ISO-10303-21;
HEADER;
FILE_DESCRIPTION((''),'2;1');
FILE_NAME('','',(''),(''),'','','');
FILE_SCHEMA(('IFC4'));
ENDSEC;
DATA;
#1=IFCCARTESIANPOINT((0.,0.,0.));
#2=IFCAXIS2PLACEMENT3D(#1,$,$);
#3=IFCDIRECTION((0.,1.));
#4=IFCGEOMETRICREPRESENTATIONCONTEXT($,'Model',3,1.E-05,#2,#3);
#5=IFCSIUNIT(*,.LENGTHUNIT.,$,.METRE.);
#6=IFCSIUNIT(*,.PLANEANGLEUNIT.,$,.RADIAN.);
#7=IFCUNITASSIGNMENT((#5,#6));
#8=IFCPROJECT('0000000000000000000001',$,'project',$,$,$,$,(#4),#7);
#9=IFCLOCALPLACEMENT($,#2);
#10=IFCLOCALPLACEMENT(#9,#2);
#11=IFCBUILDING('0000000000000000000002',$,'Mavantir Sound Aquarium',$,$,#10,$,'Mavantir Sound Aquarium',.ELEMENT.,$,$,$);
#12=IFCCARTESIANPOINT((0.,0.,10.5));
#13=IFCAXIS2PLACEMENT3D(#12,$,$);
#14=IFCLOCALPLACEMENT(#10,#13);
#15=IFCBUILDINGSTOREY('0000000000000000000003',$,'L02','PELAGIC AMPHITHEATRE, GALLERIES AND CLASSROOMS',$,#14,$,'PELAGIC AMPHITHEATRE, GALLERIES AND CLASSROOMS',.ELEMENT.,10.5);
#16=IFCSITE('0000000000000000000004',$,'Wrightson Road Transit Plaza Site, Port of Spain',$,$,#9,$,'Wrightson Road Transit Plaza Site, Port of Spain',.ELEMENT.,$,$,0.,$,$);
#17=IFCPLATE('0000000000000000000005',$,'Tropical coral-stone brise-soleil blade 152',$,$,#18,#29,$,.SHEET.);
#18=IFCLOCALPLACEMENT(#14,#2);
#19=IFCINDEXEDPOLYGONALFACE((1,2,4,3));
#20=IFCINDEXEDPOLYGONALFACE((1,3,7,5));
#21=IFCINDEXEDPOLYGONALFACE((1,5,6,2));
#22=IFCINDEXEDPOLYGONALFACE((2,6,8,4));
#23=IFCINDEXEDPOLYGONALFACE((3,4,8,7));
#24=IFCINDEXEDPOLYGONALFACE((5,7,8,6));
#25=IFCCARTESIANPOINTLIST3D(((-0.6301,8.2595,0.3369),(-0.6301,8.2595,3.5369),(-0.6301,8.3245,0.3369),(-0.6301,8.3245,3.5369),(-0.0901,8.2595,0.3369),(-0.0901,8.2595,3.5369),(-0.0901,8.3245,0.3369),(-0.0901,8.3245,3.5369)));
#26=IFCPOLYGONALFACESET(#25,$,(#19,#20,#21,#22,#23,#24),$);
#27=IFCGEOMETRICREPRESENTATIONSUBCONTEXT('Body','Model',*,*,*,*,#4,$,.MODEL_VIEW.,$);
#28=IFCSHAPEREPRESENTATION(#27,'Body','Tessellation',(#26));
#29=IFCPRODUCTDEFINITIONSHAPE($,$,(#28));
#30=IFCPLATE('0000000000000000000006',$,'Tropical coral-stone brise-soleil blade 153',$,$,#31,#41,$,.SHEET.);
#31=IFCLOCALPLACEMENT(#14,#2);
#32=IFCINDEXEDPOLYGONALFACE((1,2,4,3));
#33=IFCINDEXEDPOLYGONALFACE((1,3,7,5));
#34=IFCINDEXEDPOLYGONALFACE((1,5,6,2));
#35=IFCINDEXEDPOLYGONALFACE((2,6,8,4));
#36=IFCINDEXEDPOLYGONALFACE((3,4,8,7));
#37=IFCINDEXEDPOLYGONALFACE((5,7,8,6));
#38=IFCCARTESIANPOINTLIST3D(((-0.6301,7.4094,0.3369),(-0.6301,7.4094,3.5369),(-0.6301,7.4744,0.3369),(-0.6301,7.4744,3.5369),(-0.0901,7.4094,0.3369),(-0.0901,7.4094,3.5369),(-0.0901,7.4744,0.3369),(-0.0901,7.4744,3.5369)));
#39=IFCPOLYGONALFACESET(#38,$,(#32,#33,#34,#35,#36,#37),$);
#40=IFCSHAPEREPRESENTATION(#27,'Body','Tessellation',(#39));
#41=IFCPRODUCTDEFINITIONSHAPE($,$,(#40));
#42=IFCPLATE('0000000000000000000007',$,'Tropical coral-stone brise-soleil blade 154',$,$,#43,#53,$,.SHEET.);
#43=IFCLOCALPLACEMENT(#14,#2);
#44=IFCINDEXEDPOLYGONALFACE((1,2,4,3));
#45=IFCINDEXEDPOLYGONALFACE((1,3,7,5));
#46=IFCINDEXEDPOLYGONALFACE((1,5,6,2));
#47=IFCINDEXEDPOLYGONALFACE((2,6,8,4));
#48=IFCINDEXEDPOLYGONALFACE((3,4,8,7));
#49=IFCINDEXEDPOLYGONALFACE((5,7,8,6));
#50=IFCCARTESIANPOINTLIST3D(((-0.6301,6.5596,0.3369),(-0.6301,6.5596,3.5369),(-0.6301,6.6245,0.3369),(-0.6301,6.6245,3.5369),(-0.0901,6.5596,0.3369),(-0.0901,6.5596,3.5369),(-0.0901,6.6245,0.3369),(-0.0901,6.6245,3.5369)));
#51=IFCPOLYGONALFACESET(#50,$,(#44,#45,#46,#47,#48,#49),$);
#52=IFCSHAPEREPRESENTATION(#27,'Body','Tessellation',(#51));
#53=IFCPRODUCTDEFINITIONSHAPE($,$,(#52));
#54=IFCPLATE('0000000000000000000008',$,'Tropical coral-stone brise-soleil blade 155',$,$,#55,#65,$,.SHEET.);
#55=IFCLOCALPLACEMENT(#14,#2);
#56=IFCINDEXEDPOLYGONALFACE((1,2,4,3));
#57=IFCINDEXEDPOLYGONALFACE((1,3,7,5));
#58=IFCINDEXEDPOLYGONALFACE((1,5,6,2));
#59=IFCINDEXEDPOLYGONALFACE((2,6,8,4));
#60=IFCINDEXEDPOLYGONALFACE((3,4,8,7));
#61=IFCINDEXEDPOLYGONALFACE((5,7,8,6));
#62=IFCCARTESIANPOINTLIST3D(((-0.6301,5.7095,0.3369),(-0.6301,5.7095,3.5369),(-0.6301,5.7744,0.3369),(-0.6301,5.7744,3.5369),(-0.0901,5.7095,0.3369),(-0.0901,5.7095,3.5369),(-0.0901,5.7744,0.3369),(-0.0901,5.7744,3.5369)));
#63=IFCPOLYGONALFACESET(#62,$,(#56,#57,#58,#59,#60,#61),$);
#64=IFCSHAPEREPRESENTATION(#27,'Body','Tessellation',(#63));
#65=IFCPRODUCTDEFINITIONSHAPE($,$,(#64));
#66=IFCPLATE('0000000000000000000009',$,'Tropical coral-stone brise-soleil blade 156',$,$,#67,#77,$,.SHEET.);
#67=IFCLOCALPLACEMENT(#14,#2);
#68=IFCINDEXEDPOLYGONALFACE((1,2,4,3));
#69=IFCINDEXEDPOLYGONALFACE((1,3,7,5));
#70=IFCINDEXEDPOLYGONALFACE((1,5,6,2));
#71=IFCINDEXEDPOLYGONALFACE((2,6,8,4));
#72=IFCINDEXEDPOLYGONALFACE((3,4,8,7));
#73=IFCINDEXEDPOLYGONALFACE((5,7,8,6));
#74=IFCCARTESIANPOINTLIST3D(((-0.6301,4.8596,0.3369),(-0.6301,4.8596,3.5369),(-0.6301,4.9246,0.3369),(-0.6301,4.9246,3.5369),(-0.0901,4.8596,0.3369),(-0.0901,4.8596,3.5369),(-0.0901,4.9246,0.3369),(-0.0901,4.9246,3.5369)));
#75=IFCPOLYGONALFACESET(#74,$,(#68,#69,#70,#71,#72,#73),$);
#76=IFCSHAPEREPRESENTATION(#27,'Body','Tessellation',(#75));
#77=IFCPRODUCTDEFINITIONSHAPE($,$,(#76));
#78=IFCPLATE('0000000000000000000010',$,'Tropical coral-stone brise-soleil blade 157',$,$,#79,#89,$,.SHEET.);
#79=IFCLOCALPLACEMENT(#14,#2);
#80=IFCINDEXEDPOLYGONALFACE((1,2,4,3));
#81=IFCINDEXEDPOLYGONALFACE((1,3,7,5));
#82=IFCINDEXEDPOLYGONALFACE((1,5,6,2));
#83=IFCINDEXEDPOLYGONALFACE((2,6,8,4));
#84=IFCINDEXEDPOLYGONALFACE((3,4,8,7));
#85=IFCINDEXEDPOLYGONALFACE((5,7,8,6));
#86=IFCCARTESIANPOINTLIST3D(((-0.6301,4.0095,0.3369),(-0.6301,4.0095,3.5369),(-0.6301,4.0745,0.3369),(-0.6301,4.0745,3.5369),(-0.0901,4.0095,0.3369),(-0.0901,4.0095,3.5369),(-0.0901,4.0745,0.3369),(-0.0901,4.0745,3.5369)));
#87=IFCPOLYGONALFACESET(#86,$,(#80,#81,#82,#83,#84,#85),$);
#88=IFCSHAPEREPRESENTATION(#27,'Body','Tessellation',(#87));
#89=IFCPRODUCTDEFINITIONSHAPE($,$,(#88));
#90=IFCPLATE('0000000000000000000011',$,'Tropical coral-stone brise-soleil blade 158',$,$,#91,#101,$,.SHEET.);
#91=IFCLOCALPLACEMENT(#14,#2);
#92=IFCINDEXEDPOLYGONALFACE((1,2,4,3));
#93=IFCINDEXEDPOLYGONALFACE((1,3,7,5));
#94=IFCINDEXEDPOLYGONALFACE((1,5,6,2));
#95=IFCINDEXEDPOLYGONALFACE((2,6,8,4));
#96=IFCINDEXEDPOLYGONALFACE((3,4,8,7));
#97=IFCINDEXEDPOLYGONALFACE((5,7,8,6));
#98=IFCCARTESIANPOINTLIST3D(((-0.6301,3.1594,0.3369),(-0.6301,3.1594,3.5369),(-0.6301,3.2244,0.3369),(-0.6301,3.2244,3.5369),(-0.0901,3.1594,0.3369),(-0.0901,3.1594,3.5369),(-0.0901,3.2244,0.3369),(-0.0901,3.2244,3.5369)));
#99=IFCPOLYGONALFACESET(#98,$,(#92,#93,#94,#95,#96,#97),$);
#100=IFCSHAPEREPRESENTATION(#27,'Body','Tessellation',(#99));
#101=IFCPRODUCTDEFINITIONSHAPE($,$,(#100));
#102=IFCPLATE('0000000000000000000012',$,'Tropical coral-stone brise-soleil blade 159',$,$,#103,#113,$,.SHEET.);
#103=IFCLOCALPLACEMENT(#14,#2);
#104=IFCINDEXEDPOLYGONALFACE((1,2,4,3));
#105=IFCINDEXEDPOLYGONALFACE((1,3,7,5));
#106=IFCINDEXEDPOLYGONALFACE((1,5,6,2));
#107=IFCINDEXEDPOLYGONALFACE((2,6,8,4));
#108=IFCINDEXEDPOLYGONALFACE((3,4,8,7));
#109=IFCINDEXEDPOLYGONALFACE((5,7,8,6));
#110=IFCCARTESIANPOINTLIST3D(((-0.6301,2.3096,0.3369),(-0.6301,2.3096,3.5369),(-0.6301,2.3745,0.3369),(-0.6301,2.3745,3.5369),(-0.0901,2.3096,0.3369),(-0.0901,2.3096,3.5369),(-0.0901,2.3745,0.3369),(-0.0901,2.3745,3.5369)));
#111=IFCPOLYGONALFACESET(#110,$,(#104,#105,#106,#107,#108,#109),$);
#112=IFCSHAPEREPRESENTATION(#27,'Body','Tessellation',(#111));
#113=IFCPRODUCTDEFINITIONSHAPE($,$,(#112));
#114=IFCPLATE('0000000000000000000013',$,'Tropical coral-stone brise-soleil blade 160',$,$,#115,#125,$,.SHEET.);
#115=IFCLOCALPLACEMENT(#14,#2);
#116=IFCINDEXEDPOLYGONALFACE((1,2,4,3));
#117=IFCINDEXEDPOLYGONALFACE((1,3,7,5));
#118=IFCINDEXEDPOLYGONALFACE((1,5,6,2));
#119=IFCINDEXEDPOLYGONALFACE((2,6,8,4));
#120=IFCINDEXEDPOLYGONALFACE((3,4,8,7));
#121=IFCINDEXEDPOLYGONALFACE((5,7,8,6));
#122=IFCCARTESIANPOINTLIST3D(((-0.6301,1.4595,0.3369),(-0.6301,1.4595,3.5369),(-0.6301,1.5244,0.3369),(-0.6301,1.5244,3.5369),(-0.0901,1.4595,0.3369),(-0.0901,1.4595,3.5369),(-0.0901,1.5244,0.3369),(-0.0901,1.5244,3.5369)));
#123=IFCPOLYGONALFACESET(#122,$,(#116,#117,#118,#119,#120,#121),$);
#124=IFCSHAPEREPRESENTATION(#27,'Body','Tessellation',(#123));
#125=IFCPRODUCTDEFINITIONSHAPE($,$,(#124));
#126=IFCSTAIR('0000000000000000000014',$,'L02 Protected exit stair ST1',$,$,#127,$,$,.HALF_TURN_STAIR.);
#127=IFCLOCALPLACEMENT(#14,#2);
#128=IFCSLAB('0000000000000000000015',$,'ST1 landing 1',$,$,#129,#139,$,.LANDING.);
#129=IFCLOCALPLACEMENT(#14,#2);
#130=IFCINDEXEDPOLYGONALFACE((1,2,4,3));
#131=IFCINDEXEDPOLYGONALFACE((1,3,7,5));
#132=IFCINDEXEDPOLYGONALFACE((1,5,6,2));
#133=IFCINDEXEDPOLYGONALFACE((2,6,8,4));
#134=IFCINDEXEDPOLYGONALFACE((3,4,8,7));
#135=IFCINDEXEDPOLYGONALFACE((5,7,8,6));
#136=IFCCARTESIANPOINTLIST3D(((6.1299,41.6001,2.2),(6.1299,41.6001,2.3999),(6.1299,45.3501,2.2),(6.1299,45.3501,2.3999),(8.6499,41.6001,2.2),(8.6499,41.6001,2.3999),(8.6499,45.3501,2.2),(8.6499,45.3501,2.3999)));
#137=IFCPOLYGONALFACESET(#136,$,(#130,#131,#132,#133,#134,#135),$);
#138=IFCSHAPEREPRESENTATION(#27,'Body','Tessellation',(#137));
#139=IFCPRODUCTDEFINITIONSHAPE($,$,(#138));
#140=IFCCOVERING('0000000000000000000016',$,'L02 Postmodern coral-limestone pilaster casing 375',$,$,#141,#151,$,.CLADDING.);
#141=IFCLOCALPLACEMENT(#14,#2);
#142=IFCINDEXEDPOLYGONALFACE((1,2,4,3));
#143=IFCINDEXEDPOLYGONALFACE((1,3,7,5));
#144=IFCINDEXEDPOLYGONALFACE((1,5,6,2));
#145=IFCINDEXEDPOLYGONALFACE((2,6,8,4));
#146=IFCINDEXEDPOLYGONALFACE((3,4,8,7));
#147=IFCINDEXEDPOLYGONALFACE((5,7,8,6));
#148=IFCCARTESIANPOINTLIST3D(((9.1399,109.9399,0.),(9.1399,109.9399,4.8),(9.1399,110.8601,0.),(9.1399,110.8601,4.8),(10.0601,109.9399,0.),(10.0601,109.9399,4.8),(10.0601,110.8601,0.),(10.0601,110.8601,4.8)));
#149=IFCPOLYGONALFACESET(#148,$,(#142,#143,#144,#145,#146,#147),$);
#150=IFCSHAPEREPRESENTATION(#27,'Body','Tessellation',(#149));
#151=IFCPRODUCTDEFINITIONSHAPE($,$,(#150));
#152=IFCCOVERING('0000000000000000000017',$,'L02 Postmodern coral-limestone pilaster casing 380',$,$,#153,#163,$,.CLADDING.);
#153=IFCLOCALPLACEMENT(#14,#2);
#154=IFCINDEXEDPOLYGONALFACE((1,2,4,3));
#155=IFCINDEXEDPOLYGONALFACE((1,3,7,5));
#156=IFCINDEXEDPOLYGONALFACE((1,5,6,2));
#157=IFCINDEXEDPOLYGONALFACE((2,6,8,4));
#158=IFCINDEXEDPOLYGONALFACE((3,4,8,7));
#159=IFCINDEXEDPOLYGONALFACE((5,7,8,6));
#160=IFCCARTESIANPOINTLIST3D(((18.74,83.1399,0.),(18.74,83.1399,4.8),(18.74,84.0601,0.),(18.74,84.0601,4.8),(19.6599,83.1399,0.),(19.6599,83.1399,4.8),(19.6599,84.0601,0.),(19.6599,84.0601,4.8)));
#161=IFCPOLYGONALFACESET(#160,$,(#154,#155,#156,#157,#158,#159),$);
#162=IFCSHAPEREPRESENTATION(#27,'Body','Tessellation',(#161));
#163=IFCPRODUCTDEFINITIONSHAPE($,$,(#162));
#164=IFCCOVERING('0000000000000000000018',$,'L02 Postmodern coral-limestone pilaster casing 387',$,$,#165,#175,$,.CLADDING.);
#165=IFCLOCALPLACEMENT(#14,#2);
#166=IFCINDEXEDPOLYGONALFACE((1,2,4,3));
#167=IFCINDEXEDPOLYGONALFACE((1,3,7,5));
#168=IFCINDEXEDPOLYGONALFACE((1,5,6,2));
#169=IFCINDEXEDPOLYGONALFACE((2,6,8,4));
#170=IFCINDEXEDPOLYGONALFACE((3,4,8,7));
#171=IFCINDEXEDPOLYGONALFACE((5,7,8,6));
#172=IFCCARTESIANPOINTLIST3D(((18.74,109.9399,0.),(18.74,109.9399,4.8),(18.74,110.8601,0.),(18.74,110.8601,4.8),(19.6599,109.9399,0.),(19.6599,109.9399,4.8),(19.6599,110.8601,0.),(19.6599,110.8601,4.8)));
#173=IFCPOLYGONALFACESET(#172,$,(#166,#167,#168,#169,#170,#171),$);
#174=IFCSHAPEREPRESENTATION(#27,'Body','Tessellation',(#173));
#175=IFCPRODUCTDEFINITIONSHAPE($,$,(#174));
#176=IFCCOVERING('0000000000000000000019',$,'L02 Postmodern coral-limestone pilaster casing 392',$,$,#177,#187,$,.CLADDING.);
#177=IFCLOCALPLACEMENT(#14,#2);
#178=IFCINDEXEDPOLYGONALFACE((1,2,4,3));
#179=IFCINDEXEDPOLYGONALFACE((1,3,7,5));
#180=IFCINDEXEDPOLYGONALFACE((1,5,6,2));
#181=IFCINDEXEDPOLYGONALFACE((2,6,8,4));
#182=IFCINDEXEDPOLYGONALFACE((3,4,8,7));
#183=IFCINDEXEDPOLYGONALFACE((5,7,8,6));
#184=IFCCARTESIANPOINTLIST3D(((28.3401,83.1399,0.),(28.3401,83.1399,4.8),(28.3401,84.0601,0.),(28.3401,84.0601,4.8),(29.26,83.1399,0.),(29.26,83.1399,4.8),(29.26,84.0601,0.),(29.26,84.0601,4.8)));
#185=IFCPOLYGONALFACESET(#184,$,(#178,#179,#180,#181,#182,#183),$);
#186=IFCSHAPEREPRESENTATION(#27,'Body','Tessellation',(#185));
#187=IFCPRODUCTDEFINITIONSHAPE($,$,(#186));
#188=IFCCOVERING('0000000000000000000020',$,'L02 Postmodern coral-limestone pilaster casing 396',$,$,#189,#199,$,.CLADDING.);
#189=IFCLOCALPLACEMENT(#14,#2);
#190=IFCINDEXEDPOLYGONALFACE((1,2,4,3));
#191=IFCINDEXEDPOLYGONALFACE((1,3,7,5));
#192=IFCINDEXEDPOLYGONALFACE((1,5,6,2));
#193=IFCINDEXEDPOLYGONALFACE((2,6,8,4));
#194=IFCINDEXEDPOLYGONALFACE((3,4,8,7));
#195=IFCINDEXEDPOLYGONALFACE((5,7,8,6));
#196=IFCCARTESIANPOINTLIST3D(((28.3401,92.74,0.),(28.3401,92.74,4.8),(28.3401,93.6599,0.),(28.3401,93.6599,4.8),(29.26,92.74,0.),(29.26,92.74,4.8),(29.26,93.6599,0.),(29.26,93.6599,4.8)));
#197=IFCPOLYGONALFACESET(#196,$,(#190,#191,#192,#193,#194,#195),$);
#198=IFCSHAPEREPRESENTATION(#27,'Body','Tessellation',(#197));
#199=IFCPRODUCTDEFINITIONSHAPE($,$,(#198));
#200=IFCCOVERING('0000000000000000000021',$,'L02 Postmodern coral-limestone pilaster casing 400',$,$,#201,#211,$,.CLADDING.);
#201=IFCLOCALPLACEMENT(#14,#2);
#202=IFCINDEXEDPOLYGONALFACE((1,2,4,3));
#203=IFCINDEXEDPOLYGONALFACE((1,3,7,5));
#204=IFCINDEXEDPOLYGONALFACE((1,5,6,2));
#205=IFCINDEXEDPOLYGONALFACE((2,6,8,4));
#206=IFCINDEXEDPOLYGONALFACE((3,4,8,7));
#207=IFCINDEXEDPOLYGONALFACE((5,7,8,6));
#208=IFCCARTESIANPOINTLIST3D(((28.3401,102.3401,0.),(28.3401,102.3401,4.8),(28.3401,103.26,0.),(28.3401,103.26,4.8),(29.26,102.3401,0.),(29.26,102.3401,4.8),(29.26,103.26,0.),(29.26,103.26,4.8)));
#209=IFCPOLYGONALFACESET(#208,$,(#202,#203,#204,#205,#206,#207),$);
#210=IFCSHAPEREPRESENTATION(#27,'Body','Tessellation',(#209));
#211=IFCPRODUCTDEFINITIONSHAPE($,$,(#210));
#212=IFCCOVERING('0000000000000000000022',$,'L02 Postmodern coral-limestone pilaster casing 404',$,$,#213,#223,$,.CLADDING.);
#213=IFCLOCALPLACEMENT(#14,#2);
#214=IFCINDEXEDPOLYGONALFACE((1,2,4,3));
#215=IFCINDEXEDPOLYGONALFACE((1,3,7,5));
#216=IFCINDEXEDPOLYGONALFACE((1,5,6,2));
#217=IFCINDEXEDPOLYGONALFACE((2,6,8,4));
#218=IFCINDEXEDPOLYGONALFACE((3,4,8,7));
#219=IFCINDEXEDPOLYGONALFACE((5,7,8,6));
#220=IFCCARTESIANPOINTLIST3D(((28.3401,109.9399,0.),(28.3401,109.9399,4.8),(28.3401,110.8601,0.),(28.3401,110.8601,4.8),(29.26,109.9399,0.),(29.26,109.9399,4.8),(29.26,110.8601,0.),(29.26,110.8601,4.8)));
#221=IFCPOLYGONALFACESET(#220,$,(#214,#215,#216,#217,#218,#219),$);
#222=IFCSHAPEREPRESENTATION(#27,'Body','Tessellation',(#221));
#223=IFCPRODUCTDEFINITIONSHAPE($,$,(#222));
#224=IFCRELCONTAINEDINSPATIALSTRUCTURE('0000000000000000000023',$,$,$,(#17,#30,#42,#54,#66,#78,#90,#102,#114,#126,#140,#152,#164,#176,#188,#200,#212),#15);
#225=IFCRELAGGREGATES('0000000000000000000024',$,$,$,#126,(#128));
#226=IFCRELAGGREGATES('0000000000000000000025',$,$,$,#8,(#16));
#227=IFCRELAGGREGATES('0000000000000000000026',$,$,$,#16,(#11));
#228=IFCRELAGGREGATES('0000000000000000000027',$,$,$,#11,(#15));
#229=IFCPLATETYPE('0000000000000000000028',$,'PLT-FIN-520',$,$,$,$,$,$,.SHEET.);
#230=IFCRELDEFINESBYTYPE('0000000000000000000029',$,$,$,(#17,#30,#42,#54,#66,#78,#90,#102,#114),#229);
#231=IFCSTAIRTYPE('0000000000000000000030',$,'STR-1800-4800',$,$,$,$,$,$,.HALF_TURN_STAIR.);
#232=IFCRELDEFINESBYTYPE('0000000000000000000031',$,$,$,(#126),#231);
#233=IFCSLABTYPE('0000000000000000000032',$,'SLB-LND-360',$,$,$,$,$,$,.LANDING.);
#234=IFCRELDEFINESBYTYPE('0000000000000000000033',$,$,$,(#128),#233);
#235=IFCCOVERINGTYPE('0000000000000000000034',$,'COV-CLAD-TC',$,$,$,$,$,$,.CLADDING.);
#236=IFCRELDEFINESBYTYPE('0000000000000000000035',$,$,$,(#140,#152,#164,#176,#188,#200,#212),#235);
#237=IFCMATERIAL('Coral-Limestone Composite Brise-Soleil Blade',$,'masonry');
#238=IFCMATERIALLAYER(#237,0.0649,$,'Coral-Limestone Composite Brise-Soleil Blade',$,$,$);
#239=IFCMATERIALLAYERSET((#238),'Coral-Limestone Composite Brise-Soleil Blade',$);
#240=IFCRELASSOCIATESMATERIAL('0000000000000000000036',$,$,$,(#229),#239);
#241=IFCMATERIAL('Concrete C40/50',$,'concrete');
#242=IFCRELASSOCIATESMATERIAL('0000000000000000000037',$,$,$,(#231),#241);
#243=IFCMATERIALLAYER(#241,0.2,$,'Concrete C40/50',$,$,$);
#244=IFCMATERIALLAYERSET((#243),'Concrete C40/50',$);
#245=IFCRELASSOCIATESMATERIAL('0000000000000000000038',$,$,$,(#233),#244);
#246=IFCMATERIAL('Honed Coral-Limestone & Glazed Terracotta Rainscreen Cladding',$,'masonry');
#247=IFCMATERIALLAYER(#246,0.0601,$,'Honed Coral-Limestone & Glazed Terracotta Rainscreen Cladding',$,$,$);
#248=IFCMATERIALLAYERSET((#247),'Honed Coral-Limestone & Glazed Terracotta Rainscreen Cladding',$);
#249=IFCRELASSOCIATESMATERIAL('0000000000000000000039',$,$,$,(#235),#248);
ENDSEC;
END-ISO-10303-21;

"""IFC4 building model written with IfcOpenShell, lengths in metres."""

from ifc_helpers import new_model, si_unit, direction, frame, origin, origin_2d, place, context, subcontext, project, spatial, polyline, rectangle, outline, extrude, material, layer, layer_set, type_object, element, aggregate, save


model = new_model("IFC4")

# Units and contexts
model_context = context("Model", 3, precision=1e-05, world=origin(), true_north=direction((0.0, 1.0)))
body_context = subcontext(model_context, "Body", "Model", "MODEL_VIEW")
ifc_project = project(units=[si_unit("LENGTHUNIT", "METRE"), si_unit("PLANEANGLEUNIT", "RADIAN")], contexts=[model_context])

# Site, building, storey
site_placement = place(None, origin())
site = spatial("IfcSite", under=ifc_project, at=site_placement, Name="Wrightson Road Transit Plaza Site, Port of Spain", LongName="Wrightson Road Transit Plaza Site, Port of Spain", CompositionType="ELEMENT", RefElevation=0.0)
building_placement = place(site_placement, origin())
building = spatial("IfcBuilding", under=site, at=building_placement, Name="Mavantir Sound Aquarium", LongName="Mavantir Sound Aquarium", CompositionType="ELEMENT")
storey_placement = place(building_placement, frame((0.0, 0.0, 10.5)))
storey = spatial("IfcBuildingStorey", under=building, at=storey_placement, Name="L02", Description="PELAGIC AMPHITHEATRE, GALLERIES AND CLASSROOMS", LongName="PELAGIC AMPHITHEATRE, GALLERIES AND CLASSROOMS", CompositionType="ELEMENT", Elevation=10.5)

# Plates
ifc_material_1 = material(Name="Coral-Limestone Composite Brise-Soleil Blade", Category="masonry")
ifc_layer_1 = layer(ifc_material_1, 0.0649, Name="Coral-Limestone Composite Brise-Soleil Blade")
ifc_layer_set_1 = layer_set([ifc_layer_1], Name="Coral-Limestone Composite Brise-Soleil Blade")
plate_type = type_object("IfcPlateType", Name="PLT-FIN-520", PredefinedType="SHEET", material=ifc_layer_set_1)
for number, where, z_axis, x_axis, name in (
    (1, (-0.3601, 8.292, 0.3369), (0.0, 0.0, 1.0), (0.0, 1.0, 0.0), "Tropical coral-stone brise-soleil blade 152"),
    (2, (-0.3601, 7.4419, 0.3369), (0.0, 0.0, 1.0), (0.0, 1.0, 0.0), "Tropical coral-stone brise-soleil blade 153"),
    (3, (-0.3601, 6.592, 0.3369), (0.0, 0.0, 1.0), (0.0, 1.0, 0.0), "Tropical coral-stone brise-soleil blade 154"),
    (4, (-0.3601, 5.7419, 0.3369), (0.0, 0.0, 1.0), (0.0, 1.0, 0.0), "Tropical coral-stone brise-soleil blade 155"),
    (5, (-0.3601, 4.8921, 0.3369), (0.0, 0.0, 1.0), (0.0, 1.0, 0.0), "Tropical coral-stone brise-soleil blade 156"),
    (6, (-0.3601, 4.042, 0.3369), (0.0, 0.0, 1.0), (0.0, 1.0, 0.0), "Tropical coral-stone brise-soleil blade 157"),
    (7, (-0.3601, 3.1919, 0.3369), (0.0, 0.0, 1.0), (0.0, 1.0, 0.0), "Tropical coral-stone brise-soleil blade 158"),
    (8, (-0.3601, 2.342, 0.3369), (0.0, 0.0, 1.0), (0.0, 1.0, 0.0), "Tropical coral-stone brise-soleil blade 159"),
    (9, (-0.3601, 1.4919, 0.3369), (0.0, 0.0, 1.0), (0.0, 1.0, 0.0), "Tropical coral-stone brise-soleil blade 160"),
):
    element("IfcPlate", number, at=place(storey_placement, frame(where, z_axis=z_axis, x_axis=x_axis)), inside=storey, type_object=plate_type, Name=name, PredefinedType="SHEET", context=body_context, shape_type="SweptSolid", body=[
        extrude(rectangle(XDim=0.0649, YDim=0.54, at=origin_2d()), origin(), (0.0, 0.0, 1.0), 3.2),
    ])

# Stair, slab
ifc_material_2 = material(Name="Concrete C40/50", Category="concrete")
stair_type = type_object("IfcStairType", Name="STR-1800-4800", PredefinedType="HALF_TURN_STAIR", material=ifc_material_2)
stair_placement = place(storey_placement, origin())
stair = element("IfcStair", 10, at=stair_placement, inside=storey, type_object=stair_type, Name="L02 Protected exit stair ST1", PredefinedType="HALF_TURN_STAIR")
ifc_layer_2 = layer(ifc_material_2, 0.2, Name="Concrete C40/50")
ifc_layer_set_2 = layer_set([ifc_layer_2], Name="Concrete C40/50")
slab_type = type_object("IfcSlabType", Name="SLB-LND-360", PredefinedType="LANDING", material=ifc_layer_set_2)
slab_placement = place(storey_placement, frame((0.0, 0.0, 2.2)))
slab = element("IfcSlab", 11, at=slab_placement, type_object=slab_type, Name="ST1 landing 1", PredefinedType="LANDING", context=body_context, shape_type="SweptSolid", body=[
    extrude(outline(polyline([(6.1299, 41.6001), (8.6499, 41.6001), (8.6499, 45.3501), (6.1299, 45.3501), (6.1299, 41.6001)])), origin(), (0.0, 0.0, 1.0), 0.2),
])
aggregate(stair, [slab])

# Coverings
ifc_material_3 = material(Name="Honed Coral-Limestone & Glazed Terracotta Rainscreen Cladding", Category="masonry")
ifc_layer_3 = layer(ifc_material_3, 0.0601, Name="Honed Coral-Limestone & Glazed Terracotta Rainscreen Cladding")
ifc_layer_set_3 = layer_set([ifc_layer_3], Name="Honed Coral-Limestone & Glazed Terracotta Rainscreen Cladding")
covering_type = type_object("IfcCoveringType", Name="COV-CLAD-TC", PredefinedType="CLADDING", material=ifc_layer_set_3)
covering_1_placement = place(storey_placement, origin())
element("IfcCovering", 12, at=covering_1_placement, inside=storey, type_object=covering_type, Name="L02 Postmodern coral-limestone pilaster casing 375", PredefinedType="CLADDING", context=body_context, shape_type="SweptSolid", body=[
    extrude(outline(polyline([(9.1399, 109.9399), (10.0601, 109.9399), (10.0601, 110.8601), (9.1399, 110.8601), (9.1399, 109.9399)])), origin(), (0.0, 0.0, 1.0), 4.8),
])
covering_2_placement = place(storey_placement, origin())
element("IfcCovering", 13, at=covering_2_placement, inside=storey, type_object=covering_type, Name="L02 Postmodern coral-limestone pilaster casing 380", PredefinedType="CLADDING", context=body_context, shape_type="SweptSolid", body=[
    extrude(outline(polyline([(18.74, 83.1399), (19.6599, 83.1399), (19.6599, 84.0601), (18.74, 84.0601), (18.74, 83.1399)])), origin(), (0.0, 0.0, 1.0), 4.8),
])
covering_3_placement = place(storey_placement, origin())
element("IfcCovering", 14, at=covering_3_placement, inside=storey, type_object=covering_type, Name="L02 Postmodern coral-limestone pilaster casing 387", PredefinedType="CLADDING", context=body_context, shape_type="SweptSolid", body=[
    extrude(outline(polyline([(18.74, 109.9399), (19.6599, 109.9399), (19.6599, 110.8601), (18.74, 110.8601), (18.74, 109.9399)])), origin(), (0.0, 0.0, 1.0), 4.8),
])
covering_4_placement = place(storey_placement, origin())
element("IfcCovering", 15, at=covering_4_placement, inside=storey, type_object=covering_type, Name="L02 Postmodern coral-limestone pilaster casing 392", PredefinedType="CLADDING", context=body_context, shape_type="SweptSolid", body=[
    extrude(outline(polyline([(28.3401, 83.1399), (29.26, 83.1399), (29.26, 84.0601), (28.3401, 84.0601), (28.3401, 83.1399)])), origin(), (0.0, 0.0, 1.0), 4.8),
])
covering_5_placement = place(storey_placement, origin())
element("IfcCovering", 16, at=covering_5_placement, inside=storey, type_object=covering_type, Name="L02 Postmodern coral-limestone pilaster casing 396", PredefinedType="CLADDING", context=body_context, shape_type="SweptSolid", body=[
    extrude(outline(polyline([(28.3401, 92.74), (29.26, 92.74), (29.26, 93.6599), (28.3401, 93.6599), (28.3401, 92.74)])), origin(), (0.0, 0.0, 1.0), 4.8),
])
covering_6_placement = place(storey_placement, origin())
element("IfcCovering", 17, at=covering_6_placement, inside=storey, type_object=covering_type, Name="L02 Postmodern coral-limestone pilaster casing 400", PredefinedType="CLADDING", context=body_context, shape_type="SweptSolid", body=[
    extrude(outline(polyline([(28.3401, 102.3401), (29.26, 102.3401), (29.26, 103.26), (28.3401, 103.26), (28.3401, 102.3401)])), origin(), (0.0, 0.0, 1.0), 4.8),
])
covering_7_placement = place(storey_placement, origin())
element("IfcCovering", 18, at=covering_7_placement, inside=storey, type_object=covering_type, Name="L02 Postmodern coral-limestone pilaster casing 404", PredefinedType="CLADDING", context=body_context, shape_type="SweptSolid", body=[
    extrude(outline(polyline([(28.3401, 109.9399), (29.26, 109.9399), (29.26, 110.8601), (28.3401, 110.8601), (28.3401, 109.9399)])), origin(), (0.0, 0.0, 1.0), 4.8),
])

save(model, "model.ifc")
